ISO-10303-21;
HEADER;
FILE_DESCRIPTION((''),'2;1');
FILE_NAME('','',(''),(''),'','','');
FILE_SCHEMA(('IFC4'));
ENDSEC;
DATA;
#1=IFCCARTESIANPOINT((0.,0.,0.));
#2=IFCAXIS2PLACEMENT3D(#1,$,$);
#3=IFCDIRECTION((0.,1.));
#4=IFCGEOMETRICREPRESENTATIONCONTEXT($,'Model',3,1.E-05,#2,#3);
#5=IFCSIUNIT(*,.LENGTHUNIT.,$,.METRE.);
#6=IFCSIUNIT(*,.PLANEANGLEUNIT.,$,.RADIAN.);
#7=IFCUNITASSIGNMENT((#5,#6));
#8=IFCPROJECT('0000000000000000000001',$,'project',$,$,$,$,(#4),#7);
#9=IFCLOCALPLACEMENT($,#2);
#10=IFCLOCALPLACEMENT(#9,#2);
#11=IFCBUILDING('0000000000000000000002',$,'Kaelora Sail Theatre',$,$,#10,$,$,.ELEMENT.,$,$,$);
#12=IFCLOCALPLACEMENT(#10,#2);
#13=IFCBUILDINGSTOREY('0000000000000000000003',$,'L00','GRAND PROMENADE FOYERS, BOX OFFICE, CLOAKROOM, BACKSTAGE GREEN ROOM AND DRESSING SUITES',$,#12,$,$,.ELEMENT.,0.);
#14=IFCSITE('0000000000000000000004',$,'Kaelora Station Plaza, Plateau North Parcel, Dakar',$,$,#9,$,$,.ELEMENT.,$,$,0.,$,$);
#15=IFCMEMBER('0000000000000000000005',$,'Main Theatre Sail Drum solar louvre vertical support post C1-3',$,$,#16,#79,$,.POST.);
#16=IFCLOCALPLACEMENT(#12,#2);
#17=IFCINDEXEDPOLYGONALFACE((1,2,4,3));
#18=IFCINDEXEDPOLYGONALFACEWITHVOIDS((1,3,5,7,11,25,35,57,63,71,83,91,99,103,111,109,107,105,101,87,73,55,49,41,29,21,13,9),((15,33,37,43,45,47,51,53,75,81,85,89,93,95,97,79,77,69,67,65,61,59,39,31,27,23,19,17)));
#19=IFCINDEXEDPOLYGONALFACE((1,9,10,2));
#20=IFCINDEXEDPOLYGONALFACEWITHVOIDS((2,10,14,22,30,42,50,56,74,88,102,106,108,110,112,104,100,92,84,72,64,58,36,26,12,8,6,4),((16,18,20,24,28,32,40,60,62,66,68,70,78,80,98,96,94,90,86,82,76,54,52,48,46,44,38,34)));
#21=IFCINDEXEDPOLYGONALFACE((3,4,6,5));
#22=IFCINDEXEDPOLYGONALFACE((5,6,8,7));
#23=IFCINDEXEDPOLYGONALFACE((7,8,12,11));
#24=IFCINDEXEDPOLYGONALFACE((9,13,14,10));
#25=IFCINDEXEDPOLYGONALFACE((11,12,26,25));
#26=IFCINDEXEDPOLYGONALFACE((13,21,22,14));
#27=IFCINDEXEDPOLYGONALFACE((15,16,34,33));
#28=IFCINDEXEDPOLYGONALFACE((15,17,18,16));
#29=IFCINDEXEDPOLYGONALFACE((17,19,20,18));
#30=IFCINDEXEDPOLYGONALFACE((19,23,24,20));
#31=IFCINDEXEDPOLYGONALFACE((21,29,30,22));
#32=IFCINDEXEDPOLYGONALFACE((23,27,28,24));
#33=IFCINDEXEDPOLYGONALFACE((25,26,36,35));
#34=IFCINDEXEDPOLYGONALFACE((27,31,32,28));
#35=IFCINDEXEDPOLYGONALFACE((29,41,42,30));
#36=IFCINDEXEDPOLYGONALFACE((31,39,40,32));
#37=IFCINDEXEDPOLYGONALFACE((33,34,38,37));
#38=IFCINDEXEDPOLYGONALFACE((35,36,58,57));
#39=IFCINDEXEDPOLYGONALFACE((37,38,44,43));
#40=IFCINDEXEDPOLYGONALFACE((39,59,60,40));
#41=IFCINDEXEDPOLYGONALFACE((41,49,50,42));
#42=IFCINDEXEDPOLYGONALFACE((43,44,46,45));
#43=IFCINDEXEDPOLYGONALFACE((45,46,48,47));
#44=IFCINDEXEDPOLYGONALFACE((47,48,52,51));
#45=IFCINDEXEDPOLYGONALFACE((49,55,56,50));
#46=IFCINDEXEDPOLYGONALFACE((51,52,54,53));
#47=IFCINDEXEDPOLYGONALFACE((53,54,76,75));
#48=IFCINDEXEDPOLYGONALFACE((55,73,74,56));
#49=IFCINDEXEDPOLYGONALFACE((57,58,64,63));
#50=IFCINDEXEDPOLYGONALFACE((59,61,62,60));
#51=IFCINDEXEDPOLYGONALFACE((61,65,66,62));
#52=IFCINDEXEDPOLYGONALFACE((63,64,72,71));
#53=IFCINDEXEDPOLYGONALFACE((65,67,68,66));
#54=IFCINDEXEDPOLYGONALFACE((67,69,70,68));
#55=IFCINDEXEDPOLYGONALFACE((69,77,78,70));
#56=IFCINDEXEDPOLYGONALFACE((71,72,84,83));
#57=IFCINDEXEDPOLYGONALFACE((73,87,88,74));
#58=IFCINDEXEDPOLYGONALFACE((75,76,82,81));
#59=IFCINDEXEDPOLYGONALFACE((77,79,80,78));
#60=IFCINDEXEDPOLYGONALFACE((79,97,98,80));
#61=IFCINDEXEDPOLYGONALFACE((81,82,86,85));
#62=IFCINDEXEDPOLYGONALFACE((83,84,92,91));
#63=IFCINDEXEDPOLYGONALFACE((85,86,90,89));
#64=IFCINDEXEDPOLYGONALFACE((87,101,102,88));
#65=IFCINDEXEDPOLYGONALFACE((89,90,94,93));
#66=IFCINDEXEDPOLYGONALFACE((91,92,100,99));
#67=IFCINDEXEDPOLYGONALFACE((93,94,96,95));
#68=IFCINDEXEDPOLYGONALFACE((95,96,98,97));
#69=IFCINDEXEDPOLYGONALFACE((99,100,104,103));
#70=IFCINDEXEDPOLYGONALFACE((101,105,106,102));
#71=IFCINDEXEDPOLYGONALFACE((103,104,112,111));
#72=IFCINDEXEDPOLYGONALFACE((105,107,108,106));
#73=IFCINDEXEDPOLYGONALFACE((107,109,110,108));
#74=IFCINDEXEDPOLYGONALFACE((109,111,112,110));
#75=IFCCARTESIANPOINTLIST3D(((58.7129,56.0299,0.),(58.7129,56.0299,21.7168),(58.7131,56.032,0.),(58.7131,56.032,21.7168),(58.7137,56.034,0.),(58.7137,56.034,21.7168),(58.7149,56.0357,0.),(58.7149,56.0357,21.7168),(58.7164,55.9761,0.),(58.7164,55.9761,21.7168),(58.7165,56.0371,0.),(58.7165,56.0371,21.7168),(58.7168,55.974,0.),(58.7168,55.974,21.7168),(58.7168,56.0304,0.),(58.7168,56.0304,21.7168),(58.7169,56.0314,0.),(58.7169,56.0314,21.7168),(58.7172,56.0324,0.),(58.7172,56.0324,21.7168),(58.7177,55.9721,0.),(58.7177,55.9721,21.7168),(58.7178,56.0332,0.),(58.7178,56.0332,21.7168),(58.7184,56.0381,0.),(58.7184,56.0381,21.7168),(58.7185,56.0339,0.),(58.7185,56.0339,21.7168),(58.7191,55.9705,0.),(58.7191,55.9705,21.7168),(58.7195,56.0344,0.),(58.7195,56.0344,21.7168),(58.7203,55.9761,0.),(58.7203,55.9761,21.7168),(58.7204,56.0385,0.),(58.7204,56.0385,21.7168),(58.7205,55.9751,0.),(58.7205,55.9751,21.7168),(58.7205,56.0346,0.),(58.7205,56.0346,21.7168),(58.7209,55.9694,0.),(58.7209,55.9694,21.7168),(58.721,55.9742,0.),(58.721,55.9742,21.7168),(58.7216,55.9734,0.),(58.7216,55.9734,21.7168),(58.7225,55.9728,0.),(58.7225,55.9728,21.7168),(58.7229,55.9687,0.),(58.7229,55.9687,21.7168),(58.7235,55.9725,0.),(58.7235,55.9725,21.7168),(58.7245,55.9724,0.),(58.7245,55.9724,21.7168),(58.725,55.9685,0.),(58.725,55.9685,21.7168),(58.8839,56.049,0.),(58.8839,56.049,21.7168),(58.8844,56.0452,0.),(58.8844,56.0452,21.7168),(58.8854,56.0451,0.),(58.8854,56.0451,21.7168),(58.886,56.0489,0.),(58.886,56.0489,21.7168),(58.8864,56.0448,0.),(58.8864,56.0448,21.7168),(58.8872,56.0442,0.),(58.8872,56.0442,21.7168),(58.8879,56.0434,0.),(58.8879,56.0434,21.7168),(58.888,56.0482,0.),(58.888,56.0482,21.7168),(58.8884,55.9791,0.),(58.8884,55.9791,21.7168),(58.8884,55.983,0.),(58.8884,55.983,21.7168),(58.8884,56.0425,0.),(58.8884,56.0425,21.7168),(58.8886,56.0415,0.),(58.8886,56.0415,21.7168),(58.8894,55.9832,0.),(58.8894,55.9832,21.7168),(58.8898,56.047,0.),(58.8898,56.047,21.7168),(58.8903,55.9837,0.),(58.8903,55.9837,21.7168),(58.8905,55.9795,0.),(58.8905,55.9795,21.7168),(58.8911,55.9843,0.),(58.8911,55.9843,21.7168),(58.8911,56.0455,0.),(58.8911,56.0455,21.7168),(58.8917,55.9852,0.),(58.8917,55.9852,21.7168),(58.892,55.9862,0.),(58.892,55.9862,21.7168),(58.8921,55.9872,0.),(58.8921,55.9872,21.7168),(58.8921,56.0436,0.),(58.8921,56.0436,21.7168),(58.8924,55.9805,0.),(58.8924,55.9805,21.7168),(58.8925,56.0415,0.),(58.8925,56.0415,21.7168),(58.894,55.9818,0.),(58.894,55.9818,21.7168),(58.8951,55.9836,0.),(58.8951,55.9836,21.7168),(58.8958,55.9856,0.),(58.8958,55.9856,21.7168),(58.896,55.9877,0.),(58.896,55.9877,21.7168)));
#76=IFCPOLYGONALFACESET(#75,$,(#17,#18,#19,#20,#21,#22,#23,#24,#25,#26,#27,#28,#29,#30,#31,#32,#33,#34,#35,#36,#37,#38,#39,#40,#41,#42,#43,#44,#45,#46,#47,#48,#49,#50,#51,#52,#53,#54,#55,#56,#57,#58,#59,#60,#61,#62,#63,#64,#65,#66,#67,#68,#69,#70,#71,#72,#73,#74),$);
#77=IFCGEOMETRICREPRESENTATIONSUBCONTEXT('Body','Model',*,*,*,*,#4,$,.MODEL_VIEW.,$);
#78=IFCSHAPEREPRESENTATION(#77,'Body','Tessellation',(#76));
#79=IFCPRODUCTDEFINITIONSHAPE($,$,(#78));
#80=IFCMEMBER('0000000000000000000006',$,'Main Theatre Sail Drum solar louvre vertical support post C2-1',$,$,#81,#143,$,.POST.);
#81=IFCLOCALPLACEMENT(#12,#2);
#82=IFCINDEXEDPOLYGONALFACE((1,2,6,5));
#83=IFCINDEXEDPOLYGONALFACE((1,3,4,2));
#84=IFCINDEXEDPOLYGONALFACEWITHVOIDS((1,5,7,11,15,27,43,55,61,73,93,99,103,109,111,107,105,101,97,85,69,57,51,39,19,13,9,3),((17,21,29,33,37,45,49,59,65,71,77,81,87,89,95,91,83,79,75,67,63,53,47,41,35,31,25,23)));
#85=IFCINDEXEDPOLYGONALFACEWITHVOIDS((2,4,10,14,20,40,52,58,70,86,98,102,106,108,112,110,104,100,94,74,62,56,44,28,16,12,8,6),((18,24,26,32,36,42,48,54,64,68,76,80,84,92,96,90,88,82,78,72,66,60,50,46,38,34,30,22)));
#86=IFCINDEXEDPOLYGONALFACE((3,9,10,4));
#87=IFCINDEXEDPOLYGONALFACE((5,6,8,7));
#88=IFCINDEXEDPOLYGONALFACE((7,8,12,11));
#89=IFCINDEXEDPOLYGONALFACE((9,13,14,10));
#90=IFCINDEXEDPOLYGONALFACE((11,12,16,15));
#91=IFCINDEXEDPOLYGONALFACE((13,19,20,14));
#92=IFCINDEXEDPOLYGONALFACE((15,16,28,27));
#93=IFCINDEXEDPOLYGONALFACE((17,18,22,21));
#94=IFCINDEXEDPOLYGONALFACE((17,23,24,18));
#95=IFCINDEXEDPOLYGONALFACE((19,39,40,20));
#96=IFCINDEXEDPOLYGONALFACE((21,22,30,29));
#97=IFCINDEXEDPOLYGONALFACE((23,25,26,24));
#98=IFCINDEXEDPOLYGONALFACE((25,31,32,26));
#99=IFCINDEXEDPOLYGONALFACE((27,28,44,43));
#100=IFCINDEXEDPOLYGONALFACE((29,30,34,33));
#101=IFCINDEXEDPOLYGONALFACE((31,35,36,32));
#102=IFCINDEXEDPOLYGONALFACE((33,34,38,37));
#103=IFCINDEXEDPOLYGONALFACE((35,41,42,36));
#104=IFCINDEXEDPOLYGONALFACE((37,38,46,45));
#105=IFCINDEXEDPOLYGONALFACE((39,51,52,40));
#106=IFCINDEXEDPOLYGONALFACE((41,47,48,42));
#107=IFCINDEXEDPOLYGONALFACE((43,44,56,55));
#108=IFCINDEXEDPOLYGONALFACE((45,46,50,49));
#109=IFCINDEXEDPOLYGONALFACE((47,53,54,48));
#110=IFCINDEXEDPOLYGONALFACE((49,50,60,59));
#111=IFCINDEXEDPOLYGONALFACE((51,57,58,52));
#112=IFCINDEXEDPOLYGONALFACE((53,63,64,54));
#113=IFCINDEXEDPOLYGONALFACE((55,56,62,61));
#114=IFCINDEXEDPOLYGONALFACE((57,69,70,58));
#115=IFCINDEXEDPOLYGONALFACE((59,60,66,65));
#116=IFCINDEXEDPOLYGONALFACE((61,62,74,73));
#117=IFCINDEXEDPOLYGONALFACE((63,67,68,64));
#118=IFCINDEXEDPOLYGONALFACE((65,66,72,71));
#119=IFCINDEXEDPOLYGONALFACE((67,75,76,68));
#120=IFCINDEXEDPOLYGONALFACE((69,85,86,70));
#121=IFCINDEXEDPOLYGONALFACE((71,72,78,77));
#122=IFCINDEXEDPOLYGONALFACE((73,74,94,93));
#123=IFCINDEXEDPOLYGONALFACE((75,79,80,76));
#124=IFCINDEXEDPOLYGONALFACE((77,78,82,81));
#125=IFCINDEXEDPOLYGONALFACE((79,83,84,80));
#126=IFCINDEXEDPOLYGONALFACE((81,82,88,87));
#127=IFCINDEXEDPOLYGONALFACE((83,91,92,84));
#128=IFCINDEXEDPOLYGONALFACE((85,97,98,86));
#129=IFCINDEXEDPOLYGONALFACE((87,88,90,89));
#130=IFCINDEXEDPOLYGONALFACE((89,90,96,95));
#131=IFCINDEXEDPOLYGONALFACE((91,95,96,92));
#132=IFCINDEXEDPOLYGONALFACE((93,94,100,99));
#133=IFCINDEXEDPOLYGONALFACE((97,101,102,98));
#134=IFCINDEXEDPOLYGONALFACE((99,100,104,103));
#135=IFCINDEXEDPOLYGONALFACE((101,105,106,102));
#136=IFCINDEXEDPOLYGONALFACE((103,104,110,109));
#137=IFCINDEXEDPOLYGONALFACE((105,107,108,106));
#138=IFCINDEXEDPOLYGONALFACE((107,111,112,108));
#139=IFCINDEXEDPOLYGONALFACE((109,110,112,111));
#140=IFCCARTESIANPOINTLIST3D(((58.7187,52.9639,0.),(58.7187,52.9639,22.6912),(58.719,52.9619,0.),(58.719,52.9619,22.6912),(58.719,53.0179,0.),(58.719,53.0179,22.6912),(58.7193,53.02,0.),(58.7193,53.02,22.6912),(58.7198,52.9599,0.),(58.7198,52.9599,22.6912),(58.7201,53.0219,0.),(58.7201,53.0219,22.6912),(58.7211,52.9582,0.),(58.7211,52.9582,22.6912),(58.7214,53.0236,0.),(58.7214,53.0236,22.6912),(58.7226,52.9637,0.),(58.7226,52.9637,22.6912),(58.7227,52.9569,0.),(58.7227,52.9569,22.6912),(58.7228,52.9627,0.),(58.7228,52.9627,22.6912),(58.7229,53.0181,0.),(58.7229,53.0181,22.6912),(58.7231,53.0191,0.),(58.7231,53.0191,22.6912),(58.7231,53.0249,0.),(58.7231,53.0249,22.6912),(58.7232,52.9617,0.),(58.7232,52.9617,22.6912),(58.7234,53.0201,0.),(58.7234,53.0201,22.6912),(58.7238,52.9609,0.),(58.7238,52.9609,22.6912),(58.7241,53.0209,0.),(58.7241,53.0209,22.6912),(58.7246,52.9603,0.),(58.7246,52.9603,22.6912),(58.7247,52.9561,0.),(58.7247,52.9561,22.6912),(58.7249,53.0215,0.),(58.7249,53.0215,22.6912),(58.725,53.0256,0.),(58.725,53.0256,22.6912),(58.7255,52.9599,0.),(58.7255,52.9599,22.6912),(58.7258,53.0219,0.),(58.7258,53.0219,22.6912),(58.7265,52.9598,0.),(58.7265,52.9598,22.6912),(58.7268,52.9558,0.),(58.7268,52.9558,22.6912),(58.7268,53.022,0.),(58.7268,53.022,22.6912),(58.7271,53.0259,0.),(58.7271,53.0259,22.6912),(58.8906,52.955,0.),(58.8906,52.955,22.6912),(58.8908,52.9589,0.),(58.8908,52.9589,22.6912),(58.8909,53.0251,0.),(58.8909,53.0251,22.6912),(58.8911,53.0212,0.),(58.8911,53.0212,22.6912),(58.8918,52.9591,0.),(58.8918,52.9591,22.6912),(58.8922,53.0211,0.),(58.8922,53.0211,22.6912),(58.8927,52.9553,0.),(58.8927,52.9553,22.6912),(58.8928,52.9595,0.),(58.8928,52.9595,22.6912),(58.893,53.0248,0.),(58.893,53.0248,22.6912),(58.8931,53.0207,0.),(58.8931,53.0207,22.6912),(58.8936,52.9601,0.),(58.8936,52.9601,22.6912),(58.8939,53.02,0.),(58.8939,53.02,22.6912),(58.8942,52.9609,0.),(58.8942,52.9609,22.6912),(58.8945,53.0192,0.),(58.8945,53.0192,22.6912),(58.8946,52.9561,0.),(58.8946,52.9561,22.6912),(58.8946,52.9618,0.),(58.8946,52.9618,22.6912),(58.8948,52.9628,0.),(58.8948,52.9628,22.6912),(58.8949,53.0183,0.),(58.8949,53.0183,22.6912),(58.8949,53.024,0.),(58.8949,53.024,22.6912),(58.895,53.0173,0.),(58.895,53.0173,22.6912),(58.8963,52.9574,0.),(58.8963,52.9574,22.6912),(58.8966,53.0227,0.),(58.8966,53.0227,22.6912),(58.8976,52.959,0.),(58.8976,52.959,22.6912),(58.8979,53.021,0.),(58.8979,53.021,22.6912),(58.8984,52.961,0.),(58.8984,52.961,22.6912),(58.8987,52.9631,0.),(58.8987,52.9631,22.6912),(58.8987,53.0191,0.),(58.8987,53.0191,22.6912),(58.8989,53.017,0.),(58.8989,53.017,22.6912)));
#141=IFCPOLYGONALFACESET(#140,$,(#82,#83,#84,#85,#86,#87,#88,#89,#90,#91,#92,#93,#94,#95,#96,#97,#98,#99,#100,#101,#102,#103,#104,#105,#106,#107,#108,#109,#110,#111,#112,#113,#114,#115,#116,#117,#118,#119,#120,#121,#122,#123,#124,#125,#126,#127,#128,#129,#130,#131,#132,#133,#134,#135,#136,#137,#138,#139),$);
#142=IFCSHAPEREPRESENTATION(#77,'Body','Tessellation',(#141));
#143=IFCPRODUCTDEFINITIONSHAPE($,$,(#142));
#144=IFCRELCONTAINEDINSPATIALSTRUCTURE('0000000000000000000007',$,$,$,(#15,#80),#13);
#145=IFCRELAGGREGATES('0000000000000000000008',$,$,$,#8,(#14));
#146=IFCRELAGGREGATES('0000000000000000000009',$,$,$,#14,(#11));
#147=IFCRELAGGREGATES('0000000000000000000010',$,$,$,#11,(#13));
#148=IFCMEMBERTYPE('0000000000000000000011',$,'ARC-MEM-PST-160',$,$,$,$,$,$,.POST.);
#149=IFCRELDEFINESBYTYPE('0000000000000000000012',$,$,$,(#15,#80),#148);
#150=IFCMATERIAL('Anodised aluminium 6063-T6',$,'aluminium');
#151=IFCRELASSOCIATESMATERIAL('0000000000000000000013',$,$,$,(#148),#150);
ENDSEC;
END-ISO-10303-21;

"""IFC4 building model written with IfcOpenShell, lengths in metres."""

from ifc_helpers import new_model, si_unit, direction, frame, origin, origin_2d, place, context, subcontext, project, spatial, hollow_rectangle, extrude, material, material_profile, profile_set, type_object, element, save


model = new_model("IFC4")

# Units and contexts
model_context = context("Model", 3, precision=1e-05, world=origin(), true_north=direction((0.0, 1.0)))
body_context = subcontext(model_context, "Body", "Model", "MODEL_VIEW")
ifc_project = project(units=[si_unit("LENGTHUNIT", "METRE"), si_unit("PLANEANGLEUNIT", "RADIAN")], contexts=[model_context])

# Site, building, storey
site_placement = place(None, origin())
site = spatial("IfcSite", under=ifc_project, at=site_placement, Name="Kaelora Station Plaza, Plateau North Parcel, Dakar", CompositionType="ELEMENT", RefElevation=0.0)
building_placement = place(site_placement, origin())
building = spatial("IfcBuilding", under=site, at=building_placement, Name="Kaelora Sail Theatre", CompositionType="ELEMENT")
storey_placement = place(building_placement, origin())
storey = spatial("IfcBuildingStorey", under=building, at=storey_placement, Name="L00", Description="GRAND PROMENADE FOYERS, BOX OFFICE, CLOAKROOM, BACKSTAGE GREEN ROOM AND DRESSING SUITES", CompositionType="ELEMENT", Elevation=0.0)

# Members
ifc_material_1 = material(Name="Anodised aluminium 6063-T6", Category="aluminium")
ifc_material_profile_1 = material_profile(ifc_material_1, hollow_rectangle(XDim=0.0701, YDim=0.1799, WallThickness=0.0039, InnerFilletRadius=0.0039, OuterFilletRadius=0.0081, at=origin_2d()), Name="ALU-MULL 70x180x4")
ifc_profile_set_1 = profile_set([ifc_material_profile_1], Name="Anodised aluminium 6063-T6")
member_type_1 = type_object("IfcMemberType", Name="ARC-MEM-PST-160", PredefinedType="POST", material=ifc_profile_set_1)
member_placement = place(storey_placement, frame((58.8044, 56.0088, 0.0), z_axis=(0.0, 0.0, 1.0), x_axis=(0.064532, -0.997916, 0.0)))
element("IfcMember", 1, at=member_placement, inside=storey, type_object=member_type_1, Name="Main Theatre Sail Drum solar louvre vertical support post C1-3", PredefinedType="POST", context=body_context, shape_type="SweptSolid", body=[
    extrude(hollow_rectangle(XDim=0.0701, YDim=0.1799, WallThickness=0.0039, InnerFilletRadius=0.0039, OuterFilletRadius=0.0081, at=origin_2d()), origin(), (0.0, 0.0, 1.0), 21.7168),
])
for number, where, z_axis, x_axis, name in (
    (2, (58.8088, 52.9905, 0.0), (0.0, 0.0, 1.0), (-0.004887, -0.999988, 0.0), "Main Theatre Sail Drum solar louvre vertical support post C2-1"),
):
    element("IfcMember", number, at=place(storey_placement, frame(where, z_axis=z_axis, x_axis=x_axis)), inside=storey, type_object=member_type_1, Name=name, PredefinedType="POST", context=body_context, shape_type="SweptSolid", body=[
        extrude(hollow_rectangle(XDim=0.0701, YDim=0.1799, WallThickness=0.0039, InnerFilletRadius=0.0039, OuterFilletRadius=0.0081, at=origin_2d()), origin(), (0.0, 0.0, 1.0), 22.6912),
    ])

save(model, "model.ifc")
